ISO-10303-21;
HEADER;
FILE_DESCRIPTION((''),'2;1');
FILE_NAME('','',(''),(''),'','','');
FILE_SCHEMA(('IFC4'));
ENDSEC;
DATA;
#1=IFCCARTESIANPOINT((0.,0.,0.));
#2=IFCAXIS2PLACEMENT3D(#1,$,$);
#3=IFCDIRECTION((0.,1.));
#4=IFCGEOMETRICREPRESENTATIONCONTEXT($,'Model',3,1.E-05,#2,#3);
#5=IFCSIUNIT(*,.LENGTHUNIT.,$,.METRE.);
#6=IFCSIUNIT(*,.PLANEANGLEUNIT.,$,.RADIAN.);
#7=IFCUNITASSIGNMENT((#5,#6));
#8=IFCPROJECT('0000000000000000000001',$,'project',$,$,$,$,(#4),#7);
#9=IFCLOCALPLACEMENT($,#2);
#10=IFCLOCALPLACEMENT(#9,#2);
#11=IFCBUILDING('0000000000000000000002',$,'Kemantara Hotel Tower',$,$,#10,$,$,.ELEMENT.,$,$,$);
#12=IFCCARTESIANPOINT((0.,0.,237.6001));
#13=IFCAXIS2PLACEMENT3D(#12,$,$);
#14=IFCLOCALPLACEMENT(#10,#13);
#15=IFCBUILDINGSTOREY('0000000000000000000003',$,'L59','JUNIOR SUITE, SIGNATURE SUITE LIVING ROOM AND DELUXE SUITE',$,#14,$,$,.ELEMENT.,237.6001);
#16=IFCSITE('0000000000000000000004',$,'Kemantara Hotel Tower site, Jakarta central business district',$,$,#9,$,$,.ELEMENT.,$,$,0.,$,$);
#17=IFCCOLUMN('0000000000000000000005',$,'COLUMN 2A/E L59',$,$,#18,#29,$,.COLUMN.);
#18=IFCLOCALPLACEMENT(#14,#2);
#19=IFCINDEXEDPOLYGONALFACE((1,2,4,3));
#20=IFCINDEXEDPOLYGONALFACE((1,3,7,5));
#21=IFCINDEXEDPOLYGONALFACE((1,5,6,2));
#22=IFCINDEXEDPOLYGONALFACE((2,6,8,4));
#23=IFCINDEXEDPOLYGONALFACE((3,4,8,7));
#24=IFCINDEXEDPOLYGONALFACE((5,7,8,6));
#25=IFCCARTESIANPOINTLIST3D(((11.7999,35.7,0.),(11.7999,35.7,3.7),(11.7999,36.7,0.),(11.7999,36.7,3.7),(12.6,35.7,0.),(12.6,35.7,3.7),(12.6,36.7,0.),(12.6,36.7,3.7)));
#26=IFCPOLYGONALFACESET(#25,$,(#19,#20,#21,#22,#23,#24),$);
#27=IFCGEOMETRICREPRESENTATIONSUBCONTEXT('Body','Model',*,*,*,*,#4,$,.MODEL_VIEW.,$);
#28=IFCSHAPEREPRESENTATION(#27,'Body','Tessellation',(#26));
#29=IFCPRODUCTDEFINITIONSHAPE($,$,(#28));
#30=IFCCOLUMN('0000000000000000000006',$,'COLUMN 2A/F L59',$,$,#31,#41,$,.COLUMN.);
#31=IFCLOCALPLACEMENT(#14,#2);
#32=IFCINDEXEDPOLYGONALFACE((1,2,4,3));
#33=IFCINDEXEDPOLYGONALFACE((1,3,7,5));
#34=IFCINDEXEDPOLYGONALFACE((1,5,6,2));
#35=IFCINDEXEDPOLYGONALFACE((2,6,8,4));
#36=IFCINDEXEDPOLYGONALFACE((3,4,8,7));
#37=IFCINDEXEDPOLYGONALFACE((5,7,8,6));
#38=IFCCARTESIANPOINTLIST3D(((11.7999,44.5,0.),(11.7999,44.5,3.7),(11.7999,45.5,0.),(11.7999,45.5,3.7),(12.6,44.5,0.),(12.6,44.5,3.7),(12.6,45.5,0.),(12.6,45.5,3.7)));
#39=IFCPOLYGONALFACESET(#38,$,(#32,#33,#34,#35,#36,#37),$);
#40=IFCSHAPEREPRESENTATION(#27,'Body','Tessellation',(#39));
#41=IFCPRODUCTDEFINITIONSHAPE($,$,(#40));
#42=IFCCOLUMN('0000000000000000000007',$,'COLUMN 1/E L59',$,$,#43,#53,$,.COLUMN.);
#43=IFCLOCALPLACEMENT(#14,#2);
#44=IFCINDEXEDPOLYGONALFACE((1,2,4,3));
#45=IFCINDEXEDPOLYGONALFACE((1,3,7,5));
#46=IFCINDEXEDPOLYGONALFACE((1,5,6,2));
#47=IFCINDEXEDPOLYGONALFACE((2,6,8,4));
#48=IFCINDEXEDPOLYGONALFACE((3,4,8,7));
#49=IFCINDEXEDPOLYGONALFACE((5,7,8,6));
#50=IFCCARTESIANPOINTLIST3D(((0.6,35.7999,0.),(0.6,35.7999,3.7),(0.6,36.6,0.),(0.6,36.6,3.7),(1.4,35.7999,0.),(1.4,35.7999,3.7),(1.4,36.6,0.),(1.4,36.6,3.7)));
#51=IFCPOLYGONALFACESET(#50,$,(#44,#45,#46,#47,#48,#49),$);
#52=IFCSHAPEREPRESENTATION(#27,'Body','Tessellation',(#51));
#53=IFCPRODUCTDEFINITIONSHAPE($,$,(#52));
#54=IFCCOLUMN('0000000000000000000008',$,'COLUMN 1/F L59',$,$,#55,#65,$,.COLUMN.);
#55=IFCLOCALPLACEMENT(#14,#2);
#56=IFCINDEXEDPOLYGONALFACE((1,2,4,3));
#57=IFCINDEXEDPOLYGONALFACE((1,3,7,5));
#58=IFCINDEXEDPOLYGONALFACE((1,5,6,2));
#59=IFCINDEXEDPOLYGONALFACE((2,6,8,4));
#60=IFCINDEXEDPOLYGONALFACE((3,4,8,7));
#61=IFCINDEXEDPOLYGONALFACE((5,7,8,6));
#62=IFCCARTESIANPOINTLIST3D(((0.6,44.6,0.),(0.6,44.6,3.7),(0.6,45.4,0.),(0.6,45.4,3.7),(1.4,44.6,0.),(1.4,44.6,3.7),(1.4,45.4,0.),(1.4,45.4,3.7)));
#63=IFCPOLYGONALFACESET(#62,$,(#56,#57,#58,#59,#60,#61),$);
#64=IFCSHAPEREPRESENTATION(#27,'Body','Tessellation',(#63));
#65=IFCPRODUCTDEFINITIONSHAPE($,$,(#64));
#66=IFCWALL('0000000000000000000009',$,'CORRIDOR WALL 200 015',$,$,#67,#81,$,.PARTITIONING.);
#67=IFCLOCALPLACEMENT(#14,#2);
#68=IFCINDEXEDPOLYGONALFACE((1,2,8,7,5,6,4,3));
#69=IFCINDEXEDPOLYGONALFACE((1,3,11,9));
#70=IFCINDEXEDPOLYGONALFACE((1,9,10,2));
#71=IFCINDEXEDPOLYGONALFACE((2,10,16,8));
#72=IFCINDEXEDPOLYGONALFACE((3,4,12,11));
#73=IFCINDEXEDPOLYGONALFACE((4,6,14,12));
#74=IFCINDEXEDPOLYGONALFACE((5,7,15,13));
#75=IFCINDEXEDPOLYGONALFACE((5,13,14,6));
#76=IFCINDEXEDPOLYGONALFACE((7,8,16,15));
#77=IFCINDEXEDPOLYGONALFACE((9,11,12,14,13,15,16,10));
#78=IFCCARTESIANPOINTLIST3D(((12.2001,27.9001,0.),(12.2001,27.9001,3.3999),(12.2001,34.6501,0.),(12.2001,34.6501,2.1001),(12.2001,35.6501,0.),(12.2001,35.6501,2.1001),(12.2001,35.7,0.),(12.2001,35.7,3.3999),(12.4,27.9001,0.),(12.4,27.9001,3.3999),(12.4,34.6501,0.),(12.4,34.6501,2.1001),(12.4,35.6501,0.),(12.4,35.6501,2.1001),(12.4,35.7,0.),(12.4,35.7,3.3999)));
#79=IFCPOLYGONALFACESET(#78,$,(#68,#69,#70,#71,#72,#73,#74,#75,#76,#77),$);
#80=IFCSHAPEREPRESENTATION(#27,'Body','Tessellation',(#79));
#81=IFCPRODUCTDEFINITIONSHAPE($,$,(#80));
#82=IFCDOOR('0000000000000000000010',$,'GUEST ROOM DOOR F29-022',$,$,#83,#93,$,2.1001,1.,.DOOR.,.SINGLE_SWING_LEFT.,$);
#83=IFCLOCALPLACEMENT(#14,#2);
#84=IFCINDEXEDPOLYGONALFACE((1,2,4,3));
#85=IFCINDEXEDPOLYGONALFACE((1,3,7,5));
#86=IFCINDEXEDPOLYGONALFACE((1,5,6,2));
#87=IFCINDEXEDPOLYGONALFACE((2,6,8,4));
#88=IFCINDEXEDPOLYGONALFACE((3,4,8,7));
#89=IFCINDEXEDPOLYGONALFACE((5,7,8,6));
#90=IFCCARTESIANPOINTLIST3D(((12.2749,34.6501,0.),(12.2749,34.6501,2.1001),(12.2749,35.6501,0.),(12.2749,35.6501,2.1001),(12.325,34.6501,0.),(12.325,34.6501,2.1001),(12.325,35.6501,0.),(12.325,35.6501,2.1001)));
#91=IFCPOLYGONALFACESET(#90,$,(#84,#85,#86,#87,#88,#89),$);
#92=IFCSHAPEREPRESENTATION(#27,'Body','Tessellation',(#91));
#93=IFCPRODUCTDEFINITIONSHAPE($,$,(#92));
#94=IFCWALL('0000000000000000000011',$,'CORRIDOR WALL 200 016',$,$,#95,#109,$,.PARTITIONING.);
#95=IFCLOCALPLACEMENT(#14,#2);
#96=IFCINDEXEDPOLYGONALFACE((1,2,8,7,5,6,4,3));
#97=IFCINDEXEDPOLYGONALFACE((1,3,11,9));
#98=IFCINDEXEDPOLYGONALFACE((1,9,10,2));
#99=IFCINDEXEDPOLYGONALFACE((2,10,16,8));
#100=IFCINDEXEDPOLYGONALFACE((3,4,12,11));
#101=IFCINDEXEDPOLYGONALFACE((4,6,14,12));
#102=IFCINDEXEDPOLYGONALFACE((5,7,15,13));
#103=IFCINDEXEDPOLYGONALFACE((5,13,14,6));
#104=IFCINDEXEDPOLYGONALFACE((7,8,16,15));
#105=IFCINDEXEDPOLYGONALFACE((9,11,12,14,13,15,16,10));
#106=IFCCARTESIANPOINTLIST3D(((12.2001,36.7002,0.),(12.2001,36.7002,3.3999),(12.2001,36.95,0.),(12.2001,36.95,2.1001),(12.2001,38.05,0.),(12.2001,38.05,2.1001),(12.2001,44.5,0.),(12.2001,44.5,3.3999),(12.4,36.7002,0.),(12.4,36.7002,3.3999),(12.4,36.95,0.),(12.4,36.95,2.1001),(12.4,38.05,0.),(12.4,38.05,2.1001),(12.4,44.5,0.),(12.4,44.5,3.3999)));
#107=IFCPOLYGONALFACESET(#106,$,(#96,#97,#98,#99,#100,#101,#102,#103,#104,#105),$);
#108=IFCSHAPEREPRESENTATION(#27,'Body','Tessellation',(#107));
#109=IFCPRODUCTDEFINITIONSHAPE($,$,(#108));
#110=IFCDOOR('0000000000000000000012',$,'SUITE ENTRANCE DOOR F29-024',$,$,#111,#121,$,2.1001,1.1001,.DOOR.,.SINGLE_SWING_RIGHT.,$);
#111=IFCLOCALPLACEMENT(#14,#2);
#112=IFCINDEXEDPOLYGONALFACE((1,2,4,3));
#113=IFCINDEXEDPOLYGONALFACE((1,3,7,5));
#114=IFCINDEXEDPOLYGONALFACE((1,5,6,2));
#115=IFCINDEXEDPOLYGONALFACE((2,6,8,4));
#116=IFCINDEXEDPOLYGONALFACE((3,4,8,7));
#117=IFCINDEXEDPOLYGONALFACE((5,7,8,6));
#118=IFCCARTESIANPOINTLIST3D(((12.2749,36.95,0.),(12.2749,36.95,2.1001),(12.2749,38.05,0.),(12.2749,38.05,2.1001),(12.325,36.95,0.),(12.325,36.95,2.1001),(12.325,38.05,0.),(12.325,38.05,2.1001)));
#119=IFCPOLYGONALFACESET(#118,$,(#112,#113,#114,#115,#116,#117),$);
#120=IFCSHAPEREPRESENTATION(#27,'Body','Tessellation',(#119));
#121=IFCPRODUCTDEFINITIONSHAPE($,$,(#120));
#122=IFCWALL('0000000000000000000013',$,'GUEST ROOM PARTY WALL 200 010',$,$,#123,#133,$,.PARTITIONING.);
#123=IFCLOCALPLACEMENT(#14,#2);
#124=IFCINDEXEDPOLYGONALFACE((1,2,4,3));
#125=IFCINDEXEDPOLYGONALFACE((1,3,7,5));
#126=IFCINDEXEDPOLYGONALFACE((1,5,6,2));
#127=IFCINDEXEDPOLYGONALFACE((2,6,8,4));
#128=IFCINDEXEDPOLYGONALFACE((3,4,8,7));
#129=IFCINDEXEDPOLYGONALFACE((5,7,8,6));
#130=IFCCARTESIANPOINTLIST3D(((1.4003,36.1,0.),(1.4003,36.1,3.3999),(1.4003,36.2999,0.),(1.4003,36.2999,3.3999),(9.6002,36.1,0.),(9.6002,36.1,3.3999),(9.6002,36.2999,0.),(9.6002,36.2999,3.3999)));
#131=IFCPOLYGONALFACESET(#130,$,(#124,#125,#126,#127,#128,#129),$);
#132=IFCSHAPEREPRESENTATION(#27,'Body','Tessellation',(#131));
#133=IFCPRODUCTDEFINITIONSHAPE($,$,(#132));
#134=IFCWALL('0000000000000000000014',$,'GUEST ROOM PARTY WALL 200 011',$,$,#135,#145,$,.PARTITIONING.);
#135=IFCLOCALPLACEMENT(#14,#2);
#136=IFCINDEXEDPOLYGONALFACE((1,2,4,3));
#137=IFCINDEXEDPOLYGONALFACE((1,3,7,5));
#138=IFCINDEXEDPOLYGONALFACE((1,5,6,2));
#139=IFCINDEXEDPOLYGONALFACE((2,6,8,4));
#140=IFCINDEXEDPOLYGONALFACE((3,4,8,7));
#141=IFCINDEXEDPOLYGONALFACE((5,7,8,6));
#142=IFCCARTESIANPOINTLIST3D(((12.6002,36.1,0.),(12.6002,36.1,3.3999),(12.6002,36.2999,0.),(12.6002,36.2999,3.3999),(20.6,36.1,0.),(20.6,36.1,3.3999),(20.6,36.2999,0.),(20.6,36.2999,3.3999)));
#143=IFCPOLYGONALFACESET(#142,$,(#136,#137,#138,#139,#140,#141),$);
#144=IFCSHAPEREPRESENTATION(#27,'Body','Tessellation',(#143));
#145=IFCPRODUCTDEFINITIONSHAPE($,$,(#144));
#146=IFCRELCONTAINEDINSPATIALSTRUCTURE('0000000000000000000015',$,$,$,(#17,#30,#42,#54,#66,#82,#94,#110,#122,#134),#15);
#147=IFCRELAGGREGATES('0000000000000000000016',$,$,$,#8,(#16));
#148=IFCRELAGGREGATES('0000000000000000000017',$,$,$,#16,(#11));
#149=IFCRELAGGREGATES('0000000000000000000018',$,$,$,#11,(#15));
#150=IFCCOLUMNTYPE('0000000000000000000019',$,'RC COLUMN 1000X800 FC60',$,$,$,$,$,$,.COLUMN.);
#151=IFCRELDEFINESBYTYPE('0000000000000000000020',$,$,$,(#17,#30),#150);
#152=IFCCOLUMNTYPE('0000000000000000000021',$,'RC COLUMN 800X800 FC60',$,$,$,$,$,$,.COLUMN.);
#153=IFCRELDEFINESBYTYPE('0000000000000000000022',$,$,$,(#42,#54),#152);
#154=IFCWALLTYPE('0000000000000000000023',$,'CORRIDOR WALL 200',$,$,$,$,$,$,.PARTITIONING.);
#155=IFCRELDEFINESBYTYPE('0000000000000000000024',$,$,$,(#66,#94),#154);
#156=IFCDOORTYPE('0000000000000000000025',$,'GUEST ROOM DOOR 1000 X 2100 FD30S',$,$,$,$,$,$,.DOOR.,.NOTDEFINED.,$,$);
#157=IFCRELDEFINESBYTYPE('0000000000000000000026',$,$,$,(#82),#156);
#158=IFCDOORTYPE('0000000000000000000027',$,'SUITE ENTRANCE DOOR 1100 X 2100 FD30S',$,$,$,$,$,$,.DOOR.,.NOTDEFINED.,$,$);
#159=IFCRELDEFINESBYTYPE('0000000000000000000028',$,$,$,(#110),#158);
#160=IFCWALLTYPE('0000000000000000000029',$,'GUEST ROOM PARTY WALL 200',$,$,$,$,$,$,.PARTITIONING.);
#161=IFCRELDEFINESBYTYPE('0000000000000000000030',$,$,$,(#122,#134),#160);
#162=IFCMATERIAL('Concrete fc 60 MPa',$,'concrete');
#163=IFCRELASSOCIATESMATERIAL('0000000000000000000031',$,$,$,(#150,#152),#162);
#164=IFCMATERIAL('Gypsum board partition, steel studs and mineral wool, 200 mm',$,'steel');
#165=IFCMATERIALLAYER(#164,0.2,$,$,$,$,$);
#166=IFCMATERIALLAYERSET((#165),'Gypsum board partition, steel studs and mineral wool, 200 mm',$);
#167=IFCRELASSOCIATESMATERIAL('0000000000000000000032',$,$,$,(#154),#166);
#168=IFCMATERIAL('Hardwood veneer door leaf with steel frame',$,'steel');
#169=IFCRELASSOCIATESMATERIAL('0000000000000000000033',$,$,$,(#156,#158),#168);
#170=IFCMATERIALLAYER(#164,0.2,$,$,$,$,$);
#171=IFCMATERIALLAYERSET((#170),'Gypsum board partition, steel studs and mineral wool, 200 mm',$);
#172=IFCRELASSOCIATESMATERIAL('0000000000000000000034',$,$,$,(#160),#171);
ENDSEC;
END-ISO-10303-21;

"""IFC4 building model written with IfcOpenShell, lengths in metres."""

from ifc_helpers import new_model, si_unit, direction, frame, frame_2d, origin, origin_2d, place, context, subcontext, project, spatial, rectangle, extrude, material, layer, layer_set, material_profile, profile_set, type_object, element, fill, save


model = new_model("IFC4")

# Units and contexts
model_context = context("Model", 3, precision=1e-05, world=origin(), true_north=direction((0.0, 1.0)))
body_context = subcontext(model_context, "Body", "Model", "MODEL_VIEW")
ifc_project = project(units=[si_unit("LENGTHUNIT", "METRE"), si_unit("PLANEANGLEUNIT", "RADIAN")], contexts=[model_context])

# Site, building, storey
site_placement = place(None, origin())
site = spatial("IfcSite", under=ifc_project, at=site_placement, Name="Kemantara Hotel Tower site, Jakarta central business district", CompositionType="ELEMENT", RefElevation=0.0)
building_placement = place(site_placement, origin())
building = spatial("IfcBuilding", under=site, at=building_placement, Name="Kemantara Hotel Tower", CompositionType="ELEMENT")
storey_placement = place(building_placement, frame((0.0, 0.0, 237.6001)))
storey = spatial("IfcBuildingStorey", under=building, at=storey_placement, Name="L59", Description="JUNIOR SUITE, SIGNATURE SUITE LIVING ROOM AND DELUXE SUITE", CompositionType="ELEMENT", Elevation=237.6001)

# Columns
ifc_material_1 = material(Name="Concrete fc 60 MPa", Category="concrete")
ifc_material_profile_1 = material_profile(ifc_material_1, rectangle(XDim=1.0, YDim=0.8, at=origin_2d()), Name="RC 1000X800")
ifc_profile_set_1 = profile_set([ifc_material_profile_1], Name="Concrete fc 60 MPa")
column_type_1 = type_object("IfcColumnType", Name="RC COLUMN 1000X800 FC60", PredefinedType="COLUMN", material=ifc_profile_set_1)
for number, where, z_axis, x_axis, name in (
    (1, (12.2, 36.2, 0.0), (0.0, 0.0, 1.0), (0.0, 1.0, 0.0), "COLUMN 2A/E L59"),
    (2, (12.2, 45.0, 0.0), (0.0, 0.0, 1.0), (0.0, 1.0, 0.0), "COLUMN 2A/F L59"),
):
    element("IfcColumn", number, at=place(storey_placement, frame(where, z_axis=z_axis, x_axis=x_axis)), inside=storey, type_object=column_type_1, Name=name, PredefinedType="COLUMN", context=body_context, shape_type="SweptSolid", body=[
        extrude(rectangle(XDim=1.0, YDim=0.8, at=origin_2d()), origin(), (0.0, 0.0, 1.0), 3.7),
    ])
ifc_material_profile_2 = material_profile(ifc_material_1, rectangle(XDim=0.8, YDim=0.8, at=origin_2d()), Name="RC 800X800")
ifc_profile_set_2 = profile_set([ifc_material_profile_2], Name="Concrete fc 60 MPa")
column_type_2 = type_object("IfcColumnType", Name="RC COLUMN 800X800 FC60", PredefinedType="COLUMN", material=ifc_profile_set_2)
for number, where, z_axis, x_axis, name in (
    (3, (1.0, 36.2, 0.0), (0.0, 0.0, 1.0), (1.0, 0.0, 0.0), "COLUMN 1/E L59"),
    (4, (1.0, 45.0, 0.0), (0.0, 0.0, 1.0), (1.0, 0.0, 0.0), "COLUMN 1/F L59"),
):
    element("IfcColumn", number, at=place(storey_placement, frame(where, z_axis=z_axis, x_axis=x_axis)), inside=storey, type_object=column_type_2, Name=name, PredefinedType="COLUMN", context=body_context, shape_type="SweptSolid", body=[
        extrude(rectangle(XDim=0.8, YDim=0.8, at=origin_2d()), origin(), (0.0, 0.0, 1.0), 3.7),
    ])

# Walls, openings, doors
ifc_material_2 = material(Name="Gypsum board partition, steel studs and mineral wool, 200 mm", Category="steel")
ifc_layer_1 = layer(ifc_material_2, 0.2)
ifc_layer_set_1 = layer_set([ifc_layer_1], Name="Gypsum board partition, steel studs and mineral wool, 200 mm")
wall_type_1 = type_object("IfcWallType", Name="CORRIDOR WALL 200", PredefinedType="PARTITIONING", material=ifc_layer_set_1)
wall_1_placement = place(storey_placement, frame((12.3, 35.7, 0.0), z_axis=(0.0, 0.0, 1.0), x_axis=(0.0, -1.0, 0.0)))
wall_1 = element("IfcWall", 5, at=wall_1_placement, inside=storey, type_object=wall_type_1, Name="CORRIDOR WALL 200 015", PredefinedType="PARTITIONING", context=body_context, shape_type="SweptSolid", body=[
    extrude(rectangle(XDim=7.7998, YDim=0.2, at=frame_2d((3.8999, 0.0))), origin(), (0.0, 0.0, 1.0), 3.3999),
])
opening_1_placement = place(wall_1_placement, frame((0.0498, 0.0, 0.0)))
opening_1 = element("IfcOpeningElement", 6, at=opening_1_placement, cuts=wall_1, PredefinedType="OPENING", context=body_context, shape_type="SweptSolid", body=[
    extrude(rectangle(XDim=1.0, YDim=2.1001, at=frame_2d((0.5, 1.05))), frame((0.0, 0.1099, 0.0), z_axis=(0.0, -1.0, 0.0), x_axis=(1.0, 0.0, 0.0)), (0.0, 0.0, 1.0), 0.22),
])
ifc_material_3 = material(Name="Hardwood veneer door leaf with steel frame", Category="steel")
door_type_1 = type_object("IfcDoorType", Name="GUEST ROOM DOOR 1000 X 2100 FD30S", OperationType="NOTDEFINED", PredefinedType="DOOR", material=ifc_material_3)
door_1_placement = place(opening_1_placement, origin())
door_1 = element("IfcDoor", 7, at=door_1_placement, inside=storey, type_object=door_type_1, Name="GUEST ROOM DOOR F29-022", OperationType="SINGLE_SWING_LEFT", OverallHeight=2.1001, OverallWidth=1.0, PredefinedType="DOOR", context=body_context, shape_type="SweptSolid", body=[
    extrude(rectangle(XDim=1.0, YDim=2.1001, at=frame_2d((0.5, 1.05))), frame((0.0, 0.0249, 0.0), z_axis=(0.0, -1.0, 0.0), x_axis=(1.0, 0.0, 0.0)), (0.0, 0.0, 1.0), 0.05),
])
fill(opening_1, door_1)
wall_2_placement = place(storey_placement, frame((12.3, 44.5, 0.0), z_axis=(0.0, 0.0, 1.0), x_axis=(0.0, -1.0, 0.0)))
wall_2 = element("IfcWall", 8, at=wall_2_placement, inside=storey, type_object=wall_type_1, Name="CORRIDOR WALL 200 016", PredefinedType="PARTITIONING", context=body_context, shape_type="SweptSolid", body=[
    extrude(rectangle(XDim=7.7998, YDim=0.2, at=frame_2d((3.8999, 0.0))), origin(), (0.0, 0.0, 1.0), 3.3999),
])
opening_2_placement = place(wall_2_placement, frame((6.45, 0.0, 0.0)))
opening_2 = element("IfcOpeningElement", 9, at=opening_2_placement, cuts=wall_2, PredefinedType="OPENING", context=body_context, shape_type="SweptSolid", body=[
    extrude(rectangle(XDim=1.1001, YDim=2.1001, at=frame_2d((0.55, 1.05))), frame((0.0, 0.1099, 0.0), z_axis=(0.0, -1.0, 0.0), x_axis=(1.0, 0.0, 0.0)), (0.0, 0.0, 1.0), 0.22),
])
door_type_2 = type_object("IfcDoorType", Name="SUITE ENTRANCE DOOR 1100 X 2100 FD30S", OperationType="NOTDEFINED", PredefinedType="DOOR", material=ifc_material_3)
door_2_placement = place(opening_2_placement, origin())
door_2 = element("IfcDoor", 10, at=door_2_placement, inside=storey, type_object=door_type_2, Name="SUITE ENTRANCE DOOR F29-024", OperationType="SINGLE_SWING_RIGHT", OverallHeight=2.1001, OverallWidth=1.1001, PredefinedType="DOOR", context=body_context, shape_type="SweptSolid", body=[
    extrude(rectangle(XDim=1.1001, YDim=2.1001, at=frame_2d((0.55, 1.05))), frame((0.0, 0.0249, 0.0), z_axis=(0.0, -1.0, 0.0), x_axis=(1.0, 0.0, 0.0)), (0.0, 0.0, 1.0), 0.05),
])
fill(opening_2, door_2)

# Walls
ifc_layer_2 = layer(ifc_material_2, 0.2)
ifc_layer_set_2 = layer_set([ifc_layer_2], Name="Gypsum board partition, steel studs and mineral wool, 200 mm")
wall_type_2 = type_object("IfcWallType", Name="GUEST ROOM PARTY WALL 200", PredefinedType="PARTITIONING", material=ifc_layer_set_2)
wall_3_placement = place(storey_placement, frame((1.4001, 36.2, 0.0), z_axis=(0.0, 0.0, 1.0), x_axis=(1.0, 0.0, 0.0)))
element("IfcWall", 11, at=wall_3_placement, inside=storey, type_object=wall_type_2, Name="GUEST ROOM PARTY WALL 200 010", PredefinedType="PARTITIONING", context=body_context, shape_type="SweptSolid", body=[
    extrude(rectangle(XDim=8.2, YDim=0.2, at=frame_2d((4.1001, 0.0))), origin(), (0.0, 0.0, 1.0), 3.3999),
])
wall_4_placement = place(storey_placement, frame((12.6001, 36.2, 0.0), z_axis=(0.0, 0.0, 1.0), x_axis=(1.0, 0.0, 0.0)))
element("IfcWall", 12, at=wall_4_placement, inside=storey, type_object=wall_type_2, Name="GUEST ROOM PARTY WALL 200 011", PredefinedType="PARTITIONING", context=body_context, shape_type="SweptSolid", body=[
    extrude(rectangle(XDim=7.9998, YDim=0.2, at=frame_2d((4.0, 0.0))), origin(), (0.0, 0.0, 1.0), 3.3999),
])

save(model, "model.ifc")
